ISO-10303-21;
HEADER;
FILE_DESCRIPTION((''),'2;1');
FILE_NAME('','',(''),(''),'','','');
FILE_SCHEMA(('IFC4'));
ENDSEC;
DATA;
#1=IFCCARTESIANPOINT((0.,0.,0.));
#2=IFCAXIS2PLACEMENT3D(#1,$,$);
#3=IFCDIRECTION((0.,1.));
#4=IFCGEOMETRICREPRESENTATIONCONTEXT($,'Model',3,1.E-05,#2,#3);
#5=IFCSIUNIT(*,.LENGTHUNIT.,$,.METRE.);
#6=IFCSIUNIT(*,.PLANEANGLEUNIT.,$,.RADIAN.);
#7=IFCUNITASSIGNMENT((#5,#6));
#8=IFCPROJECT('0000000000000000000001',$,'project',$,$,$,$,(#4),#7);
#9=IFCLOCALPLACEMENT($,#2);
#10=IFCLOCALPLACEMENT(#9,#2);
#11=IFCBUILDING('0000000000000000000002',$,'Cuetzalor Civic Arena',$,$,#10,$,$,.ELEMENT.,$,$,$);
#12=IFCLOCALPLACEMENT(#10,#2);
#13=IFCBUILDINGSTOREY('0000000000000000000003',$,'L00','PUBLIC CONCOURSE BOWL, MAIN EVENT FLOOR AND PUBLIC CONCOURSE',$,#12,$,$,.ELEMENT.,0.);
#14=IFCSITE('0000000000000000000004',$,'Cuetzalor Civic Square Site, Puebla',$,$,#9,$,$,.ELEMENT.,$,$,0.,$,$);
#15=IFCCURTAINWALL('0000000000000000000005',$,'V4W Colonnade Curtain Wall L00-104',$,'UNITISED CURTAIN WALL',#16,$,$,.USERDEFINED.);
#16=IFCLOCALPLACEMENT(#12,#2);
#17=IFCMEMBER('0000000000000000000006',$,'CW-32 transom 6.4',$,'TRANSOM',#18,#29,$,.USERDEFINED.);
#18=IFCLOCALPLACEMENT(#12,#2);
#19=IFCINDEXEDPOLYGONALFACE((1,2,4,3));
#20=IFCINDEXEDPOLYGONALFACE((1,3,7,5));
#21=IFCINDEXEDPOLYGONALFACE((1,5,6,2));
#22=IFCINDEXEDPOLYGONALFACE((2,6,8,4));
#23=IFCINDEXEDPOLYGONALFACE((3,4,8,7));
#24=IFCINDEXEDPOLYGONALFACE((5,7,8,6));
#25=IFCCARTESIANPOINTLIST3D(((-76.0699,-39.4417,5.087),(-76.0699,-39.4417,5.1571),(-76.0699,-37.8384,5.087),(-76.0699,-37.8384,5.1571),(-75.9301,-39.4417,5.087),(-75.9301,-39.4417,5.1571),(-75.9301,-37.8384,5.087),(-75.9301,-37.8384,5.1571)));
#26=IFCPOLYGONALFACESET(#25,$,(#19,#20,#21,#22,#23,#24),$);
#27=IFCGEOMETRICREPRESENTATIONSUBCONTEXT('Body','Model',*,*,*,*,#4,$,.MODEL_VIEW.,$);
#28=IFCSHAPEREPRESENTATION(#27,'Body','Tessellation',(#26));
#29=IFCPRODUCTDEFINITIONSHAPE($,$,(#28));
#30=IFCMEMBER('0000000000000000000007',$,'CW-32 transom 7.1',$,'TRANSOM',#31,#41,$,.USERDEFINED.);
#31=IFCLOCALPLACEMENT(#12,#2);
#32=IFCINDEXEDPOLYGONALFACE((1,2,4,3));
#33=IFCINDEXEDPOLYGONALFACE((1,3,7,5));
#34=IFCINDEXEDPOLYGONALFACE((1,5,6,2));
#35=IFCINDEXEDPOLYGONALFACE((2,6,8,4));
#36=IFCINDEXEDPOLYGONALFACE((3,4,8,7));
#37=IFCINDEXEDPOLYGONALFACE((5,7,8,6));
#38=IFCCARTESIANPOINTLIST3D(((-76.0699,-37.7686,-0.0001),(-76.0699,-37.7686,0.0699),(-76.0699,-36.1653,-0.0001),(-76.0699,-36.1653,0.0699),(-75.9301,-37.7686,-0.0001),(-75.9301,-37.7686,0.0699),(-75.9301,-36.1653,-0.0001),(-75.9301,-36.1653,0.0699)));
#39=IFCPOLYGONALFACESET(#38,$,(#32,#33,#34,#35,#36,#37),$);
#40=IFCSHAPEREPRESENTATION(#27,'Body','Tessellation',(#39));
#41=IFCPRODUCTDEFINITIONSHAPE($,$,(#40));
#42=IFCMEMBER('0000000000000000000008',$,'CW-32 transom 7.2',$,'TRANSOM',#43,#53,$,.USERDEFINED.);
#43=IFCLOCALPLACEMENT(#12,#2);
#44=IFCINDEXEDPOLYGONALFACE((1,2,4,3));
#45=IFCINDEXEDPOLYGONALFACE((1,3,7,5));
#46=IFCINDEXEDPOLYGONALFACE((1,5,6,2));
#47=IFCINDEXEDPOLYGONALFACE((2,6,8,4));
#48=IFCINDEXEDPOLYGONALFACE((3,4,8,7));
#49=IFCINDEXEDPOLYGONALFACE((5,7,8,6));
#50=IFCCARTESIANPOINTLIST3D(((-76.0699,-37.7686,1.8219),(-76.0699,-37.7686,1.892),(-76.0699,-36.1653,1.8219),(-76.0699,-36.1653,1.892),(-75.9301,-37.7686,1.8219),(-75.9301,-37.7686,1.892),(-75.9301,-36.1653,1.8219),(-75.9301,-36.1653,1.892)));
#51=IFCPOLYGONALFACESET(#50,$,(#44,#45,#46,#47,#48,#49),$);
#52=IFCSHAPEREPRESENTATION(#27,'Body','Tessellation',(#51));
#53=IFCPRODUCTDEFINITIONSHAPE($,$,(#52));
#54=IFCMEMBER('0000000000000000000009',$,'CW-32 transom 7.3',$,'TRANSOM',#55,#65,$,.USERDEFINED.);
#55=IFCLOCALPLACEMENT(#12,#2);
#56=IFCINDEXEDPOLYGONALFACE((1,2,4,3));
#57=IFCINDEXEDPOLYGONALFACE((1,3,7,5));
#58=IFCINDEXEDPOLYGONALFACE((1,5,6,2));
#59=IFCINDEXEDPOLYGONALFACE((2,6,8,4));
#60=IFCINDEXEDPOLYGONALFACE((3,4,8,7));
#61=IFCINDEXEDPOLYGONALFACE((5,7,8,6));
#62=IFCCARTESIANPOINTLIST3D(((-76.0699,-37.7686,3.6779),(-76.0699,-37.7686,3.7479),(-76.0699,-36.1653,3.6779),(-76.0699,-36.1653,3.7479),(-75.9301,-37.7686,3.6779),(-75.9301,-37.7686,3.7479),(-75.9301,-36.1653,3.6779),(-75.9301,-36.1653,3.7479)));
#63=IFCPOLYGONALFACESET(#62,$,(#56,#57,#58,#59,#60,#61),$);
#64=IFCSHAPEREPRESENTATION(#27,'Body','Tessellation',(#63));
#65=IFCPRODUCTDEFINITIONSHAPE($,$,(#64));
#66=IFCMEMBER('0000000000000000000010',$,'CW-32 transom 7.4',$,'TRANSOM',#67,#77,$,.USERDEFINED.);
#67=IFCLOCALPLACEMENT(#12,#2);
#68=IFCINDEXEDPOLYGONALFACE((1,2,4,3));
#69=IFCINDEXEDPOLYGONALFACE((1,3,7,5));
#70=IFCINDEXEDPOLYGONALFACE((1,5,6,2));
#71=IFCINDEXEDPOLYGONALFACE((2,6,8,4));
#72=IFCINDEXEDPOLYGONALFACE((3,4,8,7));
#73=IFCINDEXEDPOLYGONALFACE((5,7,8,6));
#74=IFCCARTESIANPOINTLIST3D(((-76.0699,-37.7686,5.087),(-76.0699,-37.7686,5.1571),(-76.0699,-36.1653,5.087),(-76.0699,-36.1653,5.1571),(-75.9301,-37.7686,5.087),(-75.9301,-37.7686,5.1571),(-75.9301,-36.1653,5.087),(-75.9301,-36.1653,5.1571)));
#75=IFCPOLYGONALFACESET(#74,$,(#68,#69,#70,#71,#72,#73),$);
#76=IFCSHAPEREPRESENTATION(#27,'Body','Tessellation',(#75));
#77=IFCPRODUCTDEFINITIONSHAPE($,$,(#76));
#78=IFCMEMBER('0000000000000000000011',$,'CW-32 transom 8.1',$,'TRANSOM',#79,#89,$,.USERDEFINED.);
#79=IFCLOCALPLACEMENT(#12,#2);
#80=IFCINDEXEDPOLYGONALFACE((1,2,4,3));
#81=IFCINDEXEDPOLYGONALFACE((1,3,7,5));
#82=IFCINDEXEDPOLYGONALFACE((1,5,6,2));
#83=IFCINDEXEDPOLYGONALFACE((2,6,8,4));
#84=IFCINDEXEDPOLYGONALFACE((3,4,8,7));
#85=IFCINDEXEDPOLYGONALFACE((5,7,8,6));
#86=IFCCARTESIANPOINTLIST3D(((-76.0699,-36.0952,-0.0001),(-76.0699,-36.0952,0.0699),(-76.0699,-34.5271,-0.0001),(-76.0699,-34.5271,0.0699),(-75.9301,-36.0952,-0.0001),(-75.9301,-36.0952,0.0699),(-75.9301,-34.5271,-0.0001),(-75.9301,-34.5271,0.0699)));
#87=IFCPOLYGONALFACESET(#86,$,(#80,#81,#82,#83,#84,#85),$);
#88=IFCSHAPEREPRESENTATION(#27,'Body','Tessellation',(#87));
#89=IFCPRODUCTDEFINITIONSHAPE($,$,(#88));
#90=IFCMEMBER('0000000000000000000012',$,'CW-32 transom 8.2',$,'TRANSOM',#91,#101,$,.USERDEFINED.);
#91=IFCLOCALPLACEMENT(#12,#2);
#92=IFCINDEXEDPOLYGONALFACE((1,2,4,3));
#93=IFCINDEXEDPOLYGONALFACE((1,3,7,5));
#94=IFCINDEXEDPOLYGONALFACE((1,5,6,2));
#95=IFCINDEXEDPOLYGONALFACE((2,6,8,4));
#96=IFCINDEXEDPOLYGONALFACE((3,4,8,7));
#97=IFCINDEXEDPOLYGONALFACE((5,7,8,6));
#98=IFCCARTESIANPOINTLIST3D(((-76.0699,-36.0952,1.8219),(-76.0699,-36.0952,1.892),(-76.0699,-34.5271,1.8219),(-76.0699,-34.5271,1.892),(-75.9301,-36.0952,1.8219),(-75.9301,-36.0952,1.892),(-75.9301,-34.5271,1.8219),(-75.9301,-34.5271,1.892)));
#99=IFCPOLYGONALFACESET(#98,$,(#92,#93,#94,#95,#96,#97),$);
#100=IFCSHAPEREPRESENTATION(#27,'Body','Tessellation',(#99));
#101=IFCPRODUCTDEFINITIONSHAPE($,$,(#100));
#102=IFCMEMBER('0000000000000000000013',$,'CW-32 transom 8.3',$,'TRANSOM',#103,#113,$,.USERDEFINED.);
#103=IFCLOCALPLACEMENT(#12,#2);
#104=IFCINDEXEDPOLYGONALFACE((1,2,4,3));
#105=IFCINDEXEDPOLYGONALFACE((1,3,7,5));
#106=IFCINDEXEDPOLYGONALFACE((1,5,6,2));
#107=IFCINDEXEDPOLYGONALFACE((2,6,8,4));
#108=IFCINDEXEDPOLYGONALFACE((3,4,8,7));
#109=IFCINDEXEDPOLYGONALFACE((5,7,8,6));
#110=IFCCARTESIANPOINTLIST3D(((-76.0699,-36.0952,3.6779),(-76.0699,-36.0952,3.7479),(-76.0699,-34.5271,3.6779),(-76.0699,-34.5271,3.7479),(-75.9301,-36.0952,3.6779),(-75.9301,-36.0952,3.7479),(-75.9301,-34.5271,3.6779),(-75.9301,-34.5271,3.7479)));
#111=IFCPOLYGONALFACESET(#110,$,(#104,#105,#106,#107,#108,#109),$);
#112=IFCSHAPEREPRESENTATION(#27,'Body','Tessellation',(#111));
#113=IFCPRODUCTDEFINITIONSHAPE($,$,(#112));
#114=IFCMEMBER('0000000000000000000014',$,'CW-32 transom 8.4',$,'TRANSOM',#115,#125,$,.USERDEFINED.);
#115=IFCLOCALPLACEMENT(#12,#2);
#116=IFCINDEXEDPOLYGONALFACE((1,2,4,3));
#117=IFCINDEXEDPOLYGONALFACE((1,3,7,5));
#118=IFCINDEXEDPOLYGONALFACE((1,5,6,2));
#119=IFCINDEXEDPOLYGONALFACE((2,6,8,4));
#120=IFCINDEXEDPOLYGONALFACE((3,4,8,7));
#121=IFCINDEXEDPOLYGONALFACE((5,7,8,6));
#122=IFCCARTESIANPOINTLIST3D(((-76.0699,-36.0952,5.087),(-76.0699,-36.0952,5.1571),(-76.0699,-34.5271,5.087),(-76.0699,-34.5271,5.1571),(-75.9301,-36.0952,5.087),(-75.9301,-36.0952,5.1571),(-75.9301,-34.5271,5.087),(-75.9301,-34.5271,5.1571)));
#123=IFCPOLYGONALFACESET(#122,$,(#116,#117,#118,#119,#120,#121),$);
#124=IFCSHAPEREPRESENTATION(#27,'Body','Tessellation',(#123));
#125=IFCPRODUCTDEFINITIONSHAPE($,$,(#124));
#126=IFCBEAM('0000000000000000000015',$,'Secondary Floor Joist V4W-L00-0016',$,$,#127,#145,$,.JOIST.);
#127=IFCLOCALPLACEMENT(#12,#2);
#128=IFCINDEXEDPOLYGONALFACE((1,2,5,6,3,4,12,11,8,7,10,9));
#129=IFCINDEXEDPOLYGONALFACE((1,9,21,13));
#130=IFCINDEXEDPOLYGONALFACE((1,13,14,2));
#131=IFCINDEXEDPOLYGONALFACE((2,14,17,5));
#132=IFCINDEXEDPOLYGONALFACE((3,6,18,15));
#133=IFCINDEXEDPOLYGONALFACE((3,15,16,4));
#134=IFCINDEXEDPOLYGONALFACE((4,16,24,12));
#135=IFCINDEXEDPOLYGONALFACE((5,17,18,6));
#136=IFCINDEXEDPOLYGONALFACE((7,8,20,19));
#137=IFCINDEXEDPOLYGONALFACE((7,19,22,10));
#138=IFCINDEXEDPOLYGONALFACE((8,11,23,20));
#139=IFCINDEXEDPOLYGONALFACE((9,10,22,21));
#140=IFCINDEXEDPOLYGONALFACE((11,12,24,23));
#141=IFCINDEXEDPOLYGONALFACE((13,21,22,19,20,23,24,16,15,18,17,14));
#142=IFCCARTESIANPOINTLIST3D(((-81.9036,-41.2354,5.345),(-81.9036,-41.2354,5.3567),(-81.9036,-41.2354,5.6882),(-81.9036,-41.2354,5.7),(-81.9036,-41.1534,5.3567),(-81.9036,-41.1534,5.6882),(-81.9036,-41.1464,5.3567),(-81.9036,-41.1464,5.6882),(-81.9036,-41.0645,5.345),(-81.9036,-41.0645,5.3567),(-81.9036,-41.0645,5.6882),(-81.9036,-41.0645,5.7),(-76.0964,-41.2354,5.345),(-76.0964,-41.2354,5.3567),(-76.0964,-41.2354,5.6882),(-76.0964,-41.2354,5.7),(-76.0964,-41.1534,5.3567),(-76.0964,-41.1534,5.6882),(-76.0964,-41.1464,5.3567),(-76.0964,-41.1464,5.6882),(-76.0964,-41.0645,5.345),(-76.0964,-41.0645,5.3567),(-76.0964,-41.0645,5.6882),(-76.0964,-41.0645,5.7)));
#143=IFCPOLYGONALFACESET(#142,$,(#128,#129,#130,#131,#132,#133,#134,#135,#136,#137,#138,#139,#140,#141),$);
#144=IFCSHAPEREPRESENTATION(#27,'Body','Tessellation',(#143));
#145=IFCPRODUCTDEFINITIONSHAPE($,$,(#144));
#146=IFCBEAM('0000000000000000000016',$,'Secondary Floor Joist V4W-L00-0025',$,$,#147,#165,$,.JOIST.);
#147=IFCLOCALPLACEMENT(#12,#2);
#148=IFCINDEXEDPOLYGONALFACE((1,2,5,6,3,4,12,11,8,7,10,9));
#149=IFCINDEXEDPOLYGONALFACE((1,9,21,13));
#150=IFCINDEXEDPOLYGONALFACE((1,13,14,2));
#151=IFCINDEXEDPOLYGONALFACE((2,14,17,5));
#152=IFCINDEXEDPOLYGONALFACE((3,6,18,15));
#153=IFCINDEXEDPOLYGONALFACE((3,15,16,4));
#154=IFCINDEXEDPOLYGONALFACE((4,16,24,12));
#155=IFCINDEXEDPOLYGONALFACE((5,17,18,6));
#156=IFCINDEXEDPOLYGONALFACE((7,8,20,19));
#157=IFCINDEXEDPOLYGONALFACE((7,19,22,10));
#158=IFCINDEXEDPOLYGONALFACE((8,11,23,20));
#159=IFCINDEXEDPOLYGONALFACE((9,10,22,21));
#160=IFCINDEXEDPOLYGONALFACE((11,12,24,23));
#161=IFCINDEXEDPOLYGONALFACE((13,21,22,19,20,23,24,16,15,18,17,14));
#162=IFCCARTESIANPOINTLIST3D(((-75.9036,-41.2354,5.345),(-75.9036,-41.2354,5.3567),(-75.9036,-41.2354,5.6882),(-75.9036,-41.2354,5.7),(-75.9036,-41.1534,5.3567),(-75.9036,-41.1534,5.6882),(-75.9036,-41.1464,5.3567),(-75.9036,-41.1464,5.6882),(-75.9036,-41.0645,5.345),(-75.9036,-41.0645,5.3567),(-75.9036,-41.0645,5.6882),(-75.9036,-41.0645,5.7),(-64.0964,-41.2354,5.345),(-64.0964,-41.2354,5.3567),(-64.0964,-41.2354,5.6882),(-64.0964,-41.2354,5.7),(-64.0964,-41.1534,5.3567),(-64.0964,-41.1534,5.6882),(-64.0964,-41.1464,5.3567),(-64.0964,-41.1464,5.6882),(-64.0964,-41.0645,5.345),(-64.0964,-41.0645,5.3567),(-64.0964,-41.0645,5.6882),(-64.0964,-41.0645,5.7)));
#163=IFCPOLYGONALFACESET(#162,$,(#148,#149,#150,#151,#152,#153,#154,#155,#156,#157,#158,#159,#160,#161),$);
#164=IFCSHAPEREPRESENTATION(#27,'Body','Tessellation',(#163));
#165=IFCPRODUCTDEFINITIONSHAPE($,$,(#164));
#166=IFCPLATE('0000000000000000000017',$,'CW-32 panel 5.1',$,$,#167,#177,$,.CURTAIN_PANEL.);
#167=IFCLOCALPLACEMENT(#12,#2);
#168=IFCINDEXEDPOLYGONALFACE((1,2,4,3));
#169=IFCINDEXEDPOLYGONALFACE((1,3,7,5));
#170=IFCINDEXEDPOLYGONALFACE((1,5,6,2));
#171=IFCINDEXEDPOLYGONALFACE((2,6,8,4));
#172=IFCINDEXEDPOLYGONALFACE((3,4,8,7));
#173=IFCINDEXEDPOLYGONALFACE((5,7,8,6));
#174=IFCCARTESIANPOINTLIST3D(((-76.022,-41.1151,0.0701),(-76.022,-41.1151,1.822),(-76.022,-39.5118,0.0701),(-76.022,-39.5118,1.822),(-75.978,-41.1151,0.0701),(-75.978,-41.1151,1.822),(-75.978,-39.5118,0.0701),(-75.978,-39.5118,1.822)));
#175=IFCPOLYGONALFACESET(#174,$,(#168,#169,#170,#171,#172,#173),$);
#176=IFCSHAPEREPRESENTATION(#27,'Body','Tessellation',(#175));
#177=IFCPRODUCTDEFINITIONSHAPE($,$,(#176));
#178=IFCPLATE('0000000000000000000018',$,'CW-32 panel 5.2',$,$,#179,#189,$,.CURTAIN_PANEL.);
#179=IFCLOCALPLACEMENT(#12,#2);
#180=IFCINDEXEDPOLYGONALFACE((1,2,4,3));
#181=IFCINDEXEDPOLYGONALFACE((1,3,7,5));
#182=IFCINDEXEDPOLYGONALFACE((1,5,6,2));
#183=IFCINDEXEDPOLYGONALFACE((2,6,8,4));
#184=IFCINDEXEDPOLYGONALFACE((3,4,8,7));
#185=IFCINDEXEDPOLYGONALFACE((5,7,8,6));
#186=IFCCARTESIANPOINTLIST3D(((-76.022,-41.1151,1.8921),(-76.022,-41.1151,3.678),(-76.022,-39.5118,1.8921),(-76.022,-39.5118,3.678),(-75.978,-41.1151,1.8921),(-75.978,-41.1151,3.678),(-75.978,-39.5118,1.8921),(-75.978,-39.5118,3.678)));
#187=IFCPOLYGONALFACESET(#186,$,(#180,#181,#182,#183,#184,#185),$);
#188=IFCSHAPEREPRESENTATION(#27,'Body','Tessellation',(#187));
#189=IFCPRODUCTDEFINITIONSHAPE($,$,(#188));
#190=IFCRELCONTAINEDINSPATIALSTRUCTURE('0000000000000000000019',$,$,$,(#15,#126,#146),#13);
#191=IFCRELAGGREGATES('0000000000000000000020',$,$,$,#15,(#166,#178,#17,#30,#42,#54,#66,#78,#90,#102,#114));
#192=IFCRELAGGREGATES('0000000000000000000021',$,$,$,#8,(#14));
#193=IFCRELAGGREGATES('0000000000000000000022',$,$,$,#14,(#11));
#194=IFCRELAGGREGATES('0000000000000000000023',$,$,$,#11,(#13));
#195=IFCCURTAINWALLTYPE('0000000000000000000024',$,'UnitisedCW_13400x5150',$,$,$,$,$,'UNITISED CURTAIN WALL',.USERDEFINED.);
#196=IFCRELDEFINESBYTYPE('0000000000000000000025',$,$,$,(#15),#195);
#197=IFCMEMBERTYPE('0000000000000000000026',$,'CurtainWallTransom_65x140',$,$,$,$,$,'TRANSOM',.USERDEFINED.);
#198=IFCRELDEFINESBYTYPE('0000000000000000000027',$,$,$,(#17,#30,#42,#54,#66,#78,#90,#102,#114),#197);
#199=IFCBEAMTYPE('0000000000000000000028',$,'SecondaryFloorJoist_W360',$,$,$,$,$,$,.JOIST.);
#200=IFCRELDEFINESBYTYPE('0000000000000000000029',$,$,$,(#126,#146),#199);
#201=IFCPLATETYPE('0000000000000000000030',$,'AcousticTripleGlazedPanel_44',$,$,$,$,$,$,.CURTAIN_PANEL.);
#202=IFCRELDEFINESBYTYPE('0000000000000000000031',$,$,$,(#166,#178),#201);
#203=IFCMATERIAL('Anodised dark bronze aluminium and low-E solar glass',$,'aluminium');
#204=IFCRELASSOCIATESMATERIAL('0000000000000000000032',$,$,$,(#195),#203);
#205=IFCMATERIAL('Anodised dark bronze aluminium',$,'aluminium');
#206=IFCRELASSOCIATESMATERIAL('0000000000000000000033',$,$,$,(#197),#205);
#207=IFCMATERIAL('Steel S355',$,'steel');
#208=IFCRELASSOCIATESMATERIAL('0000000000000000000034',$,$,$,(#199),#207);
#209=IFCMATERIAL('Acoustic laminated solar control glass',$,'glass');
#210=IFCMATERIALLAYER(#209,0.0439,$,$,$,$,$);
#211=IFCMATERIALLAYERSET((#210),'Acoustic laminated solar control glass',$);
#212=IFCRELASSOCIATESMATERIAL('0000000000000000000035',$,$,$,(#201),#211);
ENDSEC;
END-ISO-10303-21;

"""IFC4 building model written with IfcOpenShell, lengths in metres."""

from ifc_helpers import new_model, si_unit, direction, frame, origin, origin_2d, place, context, subcontext, project, spatial, rectangle, i_section, extrude, material, layer, layer_set, material_profile, profile_set, type_object, element, aggregate, save


model = new_model("IFC4")

# Units and contexts
model_context = context("Model", 3, precision=1e-05, world=origin(), true_north=direction((0.0, 1.0)))
body_context = subcontext(model_context, "Body", "Model", "MODEL_VIEW")
ifc_project = project(units=[si_unit("LENGTHUNIT", "METRE"), si_unit("PLANEANGLEUNIT", "RADIAN")], contexts=[model_context])

# Site, building, storey
site_placement = place(None, origin())
site = spatial("IfcSite", under=ifc_project, at=site_placement, Name="Cuetzalor Civic Square Site, Puebla", CompositionType="ELEMENT", RefElevation=0.0)
building_placement = place(site_placement, origin())
building = spatial("IfcBuilding", under=site, at=building_placement, Name="Cuetzalor Civic Arena", CompositionType="ELEMENT")
storey_placement = place(building_placement, origin())
storey = spatial("IfcBuildingStorey", under=building, at=storey_placement, Name="L00", Description="PUBLIC CONCOURSE BOWL, MAIN EVENT FLOOR AND PUBLIC CONCOURSE", CompositionType="ELEMENT", Elevation=0.0)

# Curtain wall, members
ifc_material_1 = material(Name="Anodised dark bronze aluminium and low-E solar glass", Category="aluminium")
curtain_wall_type = type_object("IfcCurtainWallType", Name="UnitisedCW_13400x5150", ElementType="UNITISED CURTAIN WALL", PredefinedType="USERDEFINED", material=ifc_material_1)
curtain_wall_placement = place(storey_placement, origin())
curtain_wall = element("IfcCurtainWall", 1, at=curtain_wall_placement, inside=storey, type_object=curtain_wall_type, Name="V4W Colonnade Curtain Wall L00-104", ObjectType="UNITISED CURTAIN WALL", PredefinedType="USERDEFINED")
ifc_material_2 = material(Name="Anodised dark bronze aluminium", Category="aluminium")
ifc_material_profile_1 = material_profile(ifc_material_2, rectangle(XDim=0.1399, YDim=0.0701, at=origin_2d()), Name="ALU TRANSOM 70x140")
ifc_profile_set_1 = profile_set([ifc_material_profile_1], Name="Anodised dark bronze aluminium")
member_type_1 = type_object("IfcMemberType", Name="CurtainWallTransom_65x140", ElementType="TRANSOM", PredefinedType="USERDEFINED", material=ifc_profile_set_1)
member_1_placement = place(storey_placement, frame((-76.0, -39.4417, 5.1221), z_axis=(0.0, 1.0, 0.0), x_axis=(-1.0, 0.0, 0.0)))
member_1 = element("IfcMember", 2, at=member_1_placement, type_object=member_type_1, Name="CW-32 transom 6.4", ObjectType="TRANSOM", PredefinedType="USERDEFINED", context=body_context, shape_type="SweptSolid", body=[
    extrude(rectangle(XDim=0.1399, YDim=0.0701, at=origin_2d()), origin(), (0.0, 0.0, 1.0), 1.6033),
])
member_2_placement = place(storey_placement, frame((-76.0, -37.7686, 0.0349), z_axis=(0.0, 1.0, 0.0), x_axis=(-1.0, 0.0, 0.0)))
member_2 = element("IfcMember", 3, at=member_2_placement, type_object=member_type_1, Name="CW-32 transom 7.1", ObjectType="TRANSOM", PredefinedType="USERDEFINED", context=body_context, shape_type="SweptSolid", body=[
    extrude(rectangle(XDim=0.1399, YDim=0.0701, at=origin_2d()), origin(), (0.0, 0.0, 1.0), 1.6033),
])
member_3_placement = place(storey_placement, frame((-76.0, -37.7686, 1.8569), z_axis=(0.0, 1.0, 0.0), x_axis=(-1.0, 0.0, 0.0)))
member_3 = element("IfcMember", 4, at=member_3_placement, type_object=member_type_1, Name="CW-32 transom 7.2", ObjectType="TRANSOM", PredefinedType="USERDEFINED", context=body_context, shape_type="SweptSolid", body=[
    extrude(rectangle(XDim=0.1399, YDim=0.0701, at=origin_2d()), origin(), (0.0, 0.0, 1.0), 1.6033),
])
member_4_placement = place(storey_placement, frame((-76.0, -37.7686, 3.7129), z_axis=(0.0, 1.0, 0.0), x_axis=(-1.0, 0.0, 0.0)))
member_4 = element("IfcMember", 5, at=member_4_placement, type_object=member_type_1, Name="CW-32 transom 7.3", ObjectType="TRANSOM", PredefinedType="USERDEFINED", context=body_context, shape_type="SweptSolid", body=[
    extrude(rectangle(XDim=0.1399, YDim=0.0701, at=origin_2d()), origin(), (0.0, 0.0, 1.0), 1.6033),
])
member_5_placement = place(storey_placement, frame((-76.0, -37.7686, 5.1221), z_axis=(0.0, 1.0, 0.0), x_axis=(-1.0, 0.0, 0.0)))
member_5 = element("IfcMember", 6, at=member_5_placement, type_object=member_type_1, Name="CW-32 transom 7.4", ObjectType="TRANSOM", PredefinedType="USERDEFINED", context=body_context, shape_type="SweptSolid", body=[
    extrude(rectangle(XDim=0.1399, YDim=0.0701, at=origin_2d()), origin(), (0.0, 0.0, 1.0), 1.6033),
])
member_6_placement = place(storey_placement, frame((-76.0, -36.0952, 0.0349), z_axis=(0.0, 1.0, 0.0), x_axis=(-1.0, 0.0, 0.0)))
member_6 = element("IfcMember", 7, at=member_6_placement, type_object=member_type_1, Name="CW-32 transom 8.1", ObjectType="TRANSOM", PredefinedType="USERDEFINED", context=body_context, shape_type="SweptSolid", body=[
    extrude(rectangle(XDim=0.1399, YDim=0.0701, at=origin_2d()), origin(), (0.0, 0.0, 1.0), 1.5681),
])
member_7_placement = place(storey_placement, frame((-76.0, -36.0952, 1.8569), z_axis=(0.0, 1.0, 0.0), x_axis=(-1.0, 0.0, 0.0)))
member_7 = element("IfcMember", 8, at=member_7_placement, type_object=member_type_1, Name="CW-32 transom 8.2", ObjectType="TRANSOM", PredefinedType="USERDEFINED", context=body_context, shape_type="SweptSolid", body=[
    extrude(rectangle(XDim=0.1399, YDim=0.0701, at=origin_2d()), origin(), (0.0, 0.0, 1.0), 1.5681),
])
member_8_placement = place(storey_placement, frame((-76.0, -36.0952, 3.7129), z_axis=(0.0, 1.0, 0.0), x_axis=(-1.0, 0.0, 0.0)))
member_8 = element("IfcMember", 9, at=member_8_placement, type_object=member_type_1, Name="CW-32 transom 8.3", ObjectType="TRANSOM", PredefinedType="USERDEFINED", context=body_context, shape_type="SweptSolid", body=[
    extrude(rectangle(XDim=0.1399, YDim=0.0701, at=origin_2d()), origin(), (0.0, 0.0, 1.0), 1.5681),
])
member_9_placement = place(storey_placement, frame((-76.0, -36.0952, 5.1221), z_axis=(0.0, 1.0, 0.0), x_axis=(-1.0, 0.0, 0.0)))
member_9 = element("IfcMember", 10, at=member_9_placement, type_object=member_type_1, Name="CW-32 transom 8.4", ObjectType="TRANSOM", PredefinedType="USERDEFINED", context=body_context, shape_type="SweptSolid", body=[
    extrude(rectangle(XDim=0.1399, YDim=0.0701, at=origin_2d()), origin(), (0.0, 0.0, 1.0), 1.5681),
])

# Beams
ifc_material_3 = material(Name="Steel S355", Category="steel")
ifc_material_profile_2 = material_profile(ifc_material_3, i_section(OverallWidth=0.1709, OverallDepth=0.355, WebThickness=0.0071, FlangeThickness=0.0117, at=origin_2d()), Name="W360x51")
ifc_profile_set_2 = profile_set([ifc_material_profile_2], Name="Steel S355")
beam_type = type_object("IfcBeamType", Name="SecondaryFloorJoist_W360", PredefinedType="JOIST", material=ifc_profile_set_2)
beam_1_placement = place(storey_placement, frame((-81.9036, -41.1499, 5.5225), z_axis=(1.0, 0.0, 0.0), x_axis=(0.0, 1.0, 0.0)))
element("IfcBeam", 11, at=beam_1_placement, inside=storey, type_object=beam_type, Name="Secondary Floor Joist V4W-L00-0016", PredefinedType="JOIST", context=body_context, shape_type="SweptSolid", body=[
    extrude(i_section(OverallWidth=0.1709, OverallDepth=0.355, WebThickness=0.0071, FlangeThickness=0.0117, at=origin_2d()), origin(), (0.0, 0.0, 1.0), 5.8071),
])
beam_2_placement = place(storey_placement, frame((-75.9036, -41.1499, 5.5225), z_axis=(1.0, 0.0, 0.0), x_axis=(0.0, 1.0, 0.0)))
element("IfcBeam", 12, at=beam_2_placement, inside=storey, type_object=beam_type, Name="Secondary Floor Joist V4W-L00-0025", PredefinedType="JOIST", context=body_context, shape_type="SweptSolid", body=[
    extrude(i_section(OverallWidth=0.1709, OverallDepth=0.355, WebThickness=0.0071, FlangeThickness=0.0117, at=origin_2d()), origin(), (0.0, 0.0, 1.0), 11.8071),
])

# Plates
ifc_material_4 = material(Name="Acoustic laminated solar control glass", Category="glass")
ifc_layer = layer(ifc_material_4, 0.0439)
ifc_layer_set = layer_set([ifc_layer], Name="Acoustic laminated solar control glass")
plate_type = type_object("IfcPlateType", Name="AcousticTripleGlazedPanel_44", PredefinedType="CURTAIN_PANEL", material=ifc_layer_set)
plate_1_placement = place(storey_placement, frame((-76.0, -40.3135, 0.0701), z_axis=(0.0, 0.0, 1.0), x_axis=(0.0, 1.0, 0.0)))
plate_1 = element("IfcPlate", 13, at=plate_1_placement, type_object=plate_type, Name="CW-32 panel 5.1", PredefinedType="CURTAIN_PANEL", context=body_context, shape_type="SweptSolid", body=[
    extrude(rectangle(XDim=1.6033, YDim=0.0439, at=origin_2d()), origin(), (0.0, 0.0, 1.0), 1.752),
])
plate_2_placement = place(storey_placement, frame((-76.0, -40.3135, 1.8921), z_axis=(0.0, 0.0, 1.0), x_axis=(0.0, 1.0, 0.0)))
plate_2 = element("IfcPlate", 14, at=plate_2_placement, type_object=plate_type, Name="CW-32 panel 5.2", PredefinedType="CURTAIN_PANEL", context=body_context, shape_type="SweptSolid", body=[
    extrude(rectangle(XDim=1.6033, YDim=0.0439, at=origin_2d()), origin(), (0.0, 0.0, 1.0), 1.7859),
])
aggregate(curtain_wall, [plate_1, plate_2, member_1, member_2, member_3, member_4, member_5, member_6, member_7, member_8, member_9])

save(model, "model.ifc")
